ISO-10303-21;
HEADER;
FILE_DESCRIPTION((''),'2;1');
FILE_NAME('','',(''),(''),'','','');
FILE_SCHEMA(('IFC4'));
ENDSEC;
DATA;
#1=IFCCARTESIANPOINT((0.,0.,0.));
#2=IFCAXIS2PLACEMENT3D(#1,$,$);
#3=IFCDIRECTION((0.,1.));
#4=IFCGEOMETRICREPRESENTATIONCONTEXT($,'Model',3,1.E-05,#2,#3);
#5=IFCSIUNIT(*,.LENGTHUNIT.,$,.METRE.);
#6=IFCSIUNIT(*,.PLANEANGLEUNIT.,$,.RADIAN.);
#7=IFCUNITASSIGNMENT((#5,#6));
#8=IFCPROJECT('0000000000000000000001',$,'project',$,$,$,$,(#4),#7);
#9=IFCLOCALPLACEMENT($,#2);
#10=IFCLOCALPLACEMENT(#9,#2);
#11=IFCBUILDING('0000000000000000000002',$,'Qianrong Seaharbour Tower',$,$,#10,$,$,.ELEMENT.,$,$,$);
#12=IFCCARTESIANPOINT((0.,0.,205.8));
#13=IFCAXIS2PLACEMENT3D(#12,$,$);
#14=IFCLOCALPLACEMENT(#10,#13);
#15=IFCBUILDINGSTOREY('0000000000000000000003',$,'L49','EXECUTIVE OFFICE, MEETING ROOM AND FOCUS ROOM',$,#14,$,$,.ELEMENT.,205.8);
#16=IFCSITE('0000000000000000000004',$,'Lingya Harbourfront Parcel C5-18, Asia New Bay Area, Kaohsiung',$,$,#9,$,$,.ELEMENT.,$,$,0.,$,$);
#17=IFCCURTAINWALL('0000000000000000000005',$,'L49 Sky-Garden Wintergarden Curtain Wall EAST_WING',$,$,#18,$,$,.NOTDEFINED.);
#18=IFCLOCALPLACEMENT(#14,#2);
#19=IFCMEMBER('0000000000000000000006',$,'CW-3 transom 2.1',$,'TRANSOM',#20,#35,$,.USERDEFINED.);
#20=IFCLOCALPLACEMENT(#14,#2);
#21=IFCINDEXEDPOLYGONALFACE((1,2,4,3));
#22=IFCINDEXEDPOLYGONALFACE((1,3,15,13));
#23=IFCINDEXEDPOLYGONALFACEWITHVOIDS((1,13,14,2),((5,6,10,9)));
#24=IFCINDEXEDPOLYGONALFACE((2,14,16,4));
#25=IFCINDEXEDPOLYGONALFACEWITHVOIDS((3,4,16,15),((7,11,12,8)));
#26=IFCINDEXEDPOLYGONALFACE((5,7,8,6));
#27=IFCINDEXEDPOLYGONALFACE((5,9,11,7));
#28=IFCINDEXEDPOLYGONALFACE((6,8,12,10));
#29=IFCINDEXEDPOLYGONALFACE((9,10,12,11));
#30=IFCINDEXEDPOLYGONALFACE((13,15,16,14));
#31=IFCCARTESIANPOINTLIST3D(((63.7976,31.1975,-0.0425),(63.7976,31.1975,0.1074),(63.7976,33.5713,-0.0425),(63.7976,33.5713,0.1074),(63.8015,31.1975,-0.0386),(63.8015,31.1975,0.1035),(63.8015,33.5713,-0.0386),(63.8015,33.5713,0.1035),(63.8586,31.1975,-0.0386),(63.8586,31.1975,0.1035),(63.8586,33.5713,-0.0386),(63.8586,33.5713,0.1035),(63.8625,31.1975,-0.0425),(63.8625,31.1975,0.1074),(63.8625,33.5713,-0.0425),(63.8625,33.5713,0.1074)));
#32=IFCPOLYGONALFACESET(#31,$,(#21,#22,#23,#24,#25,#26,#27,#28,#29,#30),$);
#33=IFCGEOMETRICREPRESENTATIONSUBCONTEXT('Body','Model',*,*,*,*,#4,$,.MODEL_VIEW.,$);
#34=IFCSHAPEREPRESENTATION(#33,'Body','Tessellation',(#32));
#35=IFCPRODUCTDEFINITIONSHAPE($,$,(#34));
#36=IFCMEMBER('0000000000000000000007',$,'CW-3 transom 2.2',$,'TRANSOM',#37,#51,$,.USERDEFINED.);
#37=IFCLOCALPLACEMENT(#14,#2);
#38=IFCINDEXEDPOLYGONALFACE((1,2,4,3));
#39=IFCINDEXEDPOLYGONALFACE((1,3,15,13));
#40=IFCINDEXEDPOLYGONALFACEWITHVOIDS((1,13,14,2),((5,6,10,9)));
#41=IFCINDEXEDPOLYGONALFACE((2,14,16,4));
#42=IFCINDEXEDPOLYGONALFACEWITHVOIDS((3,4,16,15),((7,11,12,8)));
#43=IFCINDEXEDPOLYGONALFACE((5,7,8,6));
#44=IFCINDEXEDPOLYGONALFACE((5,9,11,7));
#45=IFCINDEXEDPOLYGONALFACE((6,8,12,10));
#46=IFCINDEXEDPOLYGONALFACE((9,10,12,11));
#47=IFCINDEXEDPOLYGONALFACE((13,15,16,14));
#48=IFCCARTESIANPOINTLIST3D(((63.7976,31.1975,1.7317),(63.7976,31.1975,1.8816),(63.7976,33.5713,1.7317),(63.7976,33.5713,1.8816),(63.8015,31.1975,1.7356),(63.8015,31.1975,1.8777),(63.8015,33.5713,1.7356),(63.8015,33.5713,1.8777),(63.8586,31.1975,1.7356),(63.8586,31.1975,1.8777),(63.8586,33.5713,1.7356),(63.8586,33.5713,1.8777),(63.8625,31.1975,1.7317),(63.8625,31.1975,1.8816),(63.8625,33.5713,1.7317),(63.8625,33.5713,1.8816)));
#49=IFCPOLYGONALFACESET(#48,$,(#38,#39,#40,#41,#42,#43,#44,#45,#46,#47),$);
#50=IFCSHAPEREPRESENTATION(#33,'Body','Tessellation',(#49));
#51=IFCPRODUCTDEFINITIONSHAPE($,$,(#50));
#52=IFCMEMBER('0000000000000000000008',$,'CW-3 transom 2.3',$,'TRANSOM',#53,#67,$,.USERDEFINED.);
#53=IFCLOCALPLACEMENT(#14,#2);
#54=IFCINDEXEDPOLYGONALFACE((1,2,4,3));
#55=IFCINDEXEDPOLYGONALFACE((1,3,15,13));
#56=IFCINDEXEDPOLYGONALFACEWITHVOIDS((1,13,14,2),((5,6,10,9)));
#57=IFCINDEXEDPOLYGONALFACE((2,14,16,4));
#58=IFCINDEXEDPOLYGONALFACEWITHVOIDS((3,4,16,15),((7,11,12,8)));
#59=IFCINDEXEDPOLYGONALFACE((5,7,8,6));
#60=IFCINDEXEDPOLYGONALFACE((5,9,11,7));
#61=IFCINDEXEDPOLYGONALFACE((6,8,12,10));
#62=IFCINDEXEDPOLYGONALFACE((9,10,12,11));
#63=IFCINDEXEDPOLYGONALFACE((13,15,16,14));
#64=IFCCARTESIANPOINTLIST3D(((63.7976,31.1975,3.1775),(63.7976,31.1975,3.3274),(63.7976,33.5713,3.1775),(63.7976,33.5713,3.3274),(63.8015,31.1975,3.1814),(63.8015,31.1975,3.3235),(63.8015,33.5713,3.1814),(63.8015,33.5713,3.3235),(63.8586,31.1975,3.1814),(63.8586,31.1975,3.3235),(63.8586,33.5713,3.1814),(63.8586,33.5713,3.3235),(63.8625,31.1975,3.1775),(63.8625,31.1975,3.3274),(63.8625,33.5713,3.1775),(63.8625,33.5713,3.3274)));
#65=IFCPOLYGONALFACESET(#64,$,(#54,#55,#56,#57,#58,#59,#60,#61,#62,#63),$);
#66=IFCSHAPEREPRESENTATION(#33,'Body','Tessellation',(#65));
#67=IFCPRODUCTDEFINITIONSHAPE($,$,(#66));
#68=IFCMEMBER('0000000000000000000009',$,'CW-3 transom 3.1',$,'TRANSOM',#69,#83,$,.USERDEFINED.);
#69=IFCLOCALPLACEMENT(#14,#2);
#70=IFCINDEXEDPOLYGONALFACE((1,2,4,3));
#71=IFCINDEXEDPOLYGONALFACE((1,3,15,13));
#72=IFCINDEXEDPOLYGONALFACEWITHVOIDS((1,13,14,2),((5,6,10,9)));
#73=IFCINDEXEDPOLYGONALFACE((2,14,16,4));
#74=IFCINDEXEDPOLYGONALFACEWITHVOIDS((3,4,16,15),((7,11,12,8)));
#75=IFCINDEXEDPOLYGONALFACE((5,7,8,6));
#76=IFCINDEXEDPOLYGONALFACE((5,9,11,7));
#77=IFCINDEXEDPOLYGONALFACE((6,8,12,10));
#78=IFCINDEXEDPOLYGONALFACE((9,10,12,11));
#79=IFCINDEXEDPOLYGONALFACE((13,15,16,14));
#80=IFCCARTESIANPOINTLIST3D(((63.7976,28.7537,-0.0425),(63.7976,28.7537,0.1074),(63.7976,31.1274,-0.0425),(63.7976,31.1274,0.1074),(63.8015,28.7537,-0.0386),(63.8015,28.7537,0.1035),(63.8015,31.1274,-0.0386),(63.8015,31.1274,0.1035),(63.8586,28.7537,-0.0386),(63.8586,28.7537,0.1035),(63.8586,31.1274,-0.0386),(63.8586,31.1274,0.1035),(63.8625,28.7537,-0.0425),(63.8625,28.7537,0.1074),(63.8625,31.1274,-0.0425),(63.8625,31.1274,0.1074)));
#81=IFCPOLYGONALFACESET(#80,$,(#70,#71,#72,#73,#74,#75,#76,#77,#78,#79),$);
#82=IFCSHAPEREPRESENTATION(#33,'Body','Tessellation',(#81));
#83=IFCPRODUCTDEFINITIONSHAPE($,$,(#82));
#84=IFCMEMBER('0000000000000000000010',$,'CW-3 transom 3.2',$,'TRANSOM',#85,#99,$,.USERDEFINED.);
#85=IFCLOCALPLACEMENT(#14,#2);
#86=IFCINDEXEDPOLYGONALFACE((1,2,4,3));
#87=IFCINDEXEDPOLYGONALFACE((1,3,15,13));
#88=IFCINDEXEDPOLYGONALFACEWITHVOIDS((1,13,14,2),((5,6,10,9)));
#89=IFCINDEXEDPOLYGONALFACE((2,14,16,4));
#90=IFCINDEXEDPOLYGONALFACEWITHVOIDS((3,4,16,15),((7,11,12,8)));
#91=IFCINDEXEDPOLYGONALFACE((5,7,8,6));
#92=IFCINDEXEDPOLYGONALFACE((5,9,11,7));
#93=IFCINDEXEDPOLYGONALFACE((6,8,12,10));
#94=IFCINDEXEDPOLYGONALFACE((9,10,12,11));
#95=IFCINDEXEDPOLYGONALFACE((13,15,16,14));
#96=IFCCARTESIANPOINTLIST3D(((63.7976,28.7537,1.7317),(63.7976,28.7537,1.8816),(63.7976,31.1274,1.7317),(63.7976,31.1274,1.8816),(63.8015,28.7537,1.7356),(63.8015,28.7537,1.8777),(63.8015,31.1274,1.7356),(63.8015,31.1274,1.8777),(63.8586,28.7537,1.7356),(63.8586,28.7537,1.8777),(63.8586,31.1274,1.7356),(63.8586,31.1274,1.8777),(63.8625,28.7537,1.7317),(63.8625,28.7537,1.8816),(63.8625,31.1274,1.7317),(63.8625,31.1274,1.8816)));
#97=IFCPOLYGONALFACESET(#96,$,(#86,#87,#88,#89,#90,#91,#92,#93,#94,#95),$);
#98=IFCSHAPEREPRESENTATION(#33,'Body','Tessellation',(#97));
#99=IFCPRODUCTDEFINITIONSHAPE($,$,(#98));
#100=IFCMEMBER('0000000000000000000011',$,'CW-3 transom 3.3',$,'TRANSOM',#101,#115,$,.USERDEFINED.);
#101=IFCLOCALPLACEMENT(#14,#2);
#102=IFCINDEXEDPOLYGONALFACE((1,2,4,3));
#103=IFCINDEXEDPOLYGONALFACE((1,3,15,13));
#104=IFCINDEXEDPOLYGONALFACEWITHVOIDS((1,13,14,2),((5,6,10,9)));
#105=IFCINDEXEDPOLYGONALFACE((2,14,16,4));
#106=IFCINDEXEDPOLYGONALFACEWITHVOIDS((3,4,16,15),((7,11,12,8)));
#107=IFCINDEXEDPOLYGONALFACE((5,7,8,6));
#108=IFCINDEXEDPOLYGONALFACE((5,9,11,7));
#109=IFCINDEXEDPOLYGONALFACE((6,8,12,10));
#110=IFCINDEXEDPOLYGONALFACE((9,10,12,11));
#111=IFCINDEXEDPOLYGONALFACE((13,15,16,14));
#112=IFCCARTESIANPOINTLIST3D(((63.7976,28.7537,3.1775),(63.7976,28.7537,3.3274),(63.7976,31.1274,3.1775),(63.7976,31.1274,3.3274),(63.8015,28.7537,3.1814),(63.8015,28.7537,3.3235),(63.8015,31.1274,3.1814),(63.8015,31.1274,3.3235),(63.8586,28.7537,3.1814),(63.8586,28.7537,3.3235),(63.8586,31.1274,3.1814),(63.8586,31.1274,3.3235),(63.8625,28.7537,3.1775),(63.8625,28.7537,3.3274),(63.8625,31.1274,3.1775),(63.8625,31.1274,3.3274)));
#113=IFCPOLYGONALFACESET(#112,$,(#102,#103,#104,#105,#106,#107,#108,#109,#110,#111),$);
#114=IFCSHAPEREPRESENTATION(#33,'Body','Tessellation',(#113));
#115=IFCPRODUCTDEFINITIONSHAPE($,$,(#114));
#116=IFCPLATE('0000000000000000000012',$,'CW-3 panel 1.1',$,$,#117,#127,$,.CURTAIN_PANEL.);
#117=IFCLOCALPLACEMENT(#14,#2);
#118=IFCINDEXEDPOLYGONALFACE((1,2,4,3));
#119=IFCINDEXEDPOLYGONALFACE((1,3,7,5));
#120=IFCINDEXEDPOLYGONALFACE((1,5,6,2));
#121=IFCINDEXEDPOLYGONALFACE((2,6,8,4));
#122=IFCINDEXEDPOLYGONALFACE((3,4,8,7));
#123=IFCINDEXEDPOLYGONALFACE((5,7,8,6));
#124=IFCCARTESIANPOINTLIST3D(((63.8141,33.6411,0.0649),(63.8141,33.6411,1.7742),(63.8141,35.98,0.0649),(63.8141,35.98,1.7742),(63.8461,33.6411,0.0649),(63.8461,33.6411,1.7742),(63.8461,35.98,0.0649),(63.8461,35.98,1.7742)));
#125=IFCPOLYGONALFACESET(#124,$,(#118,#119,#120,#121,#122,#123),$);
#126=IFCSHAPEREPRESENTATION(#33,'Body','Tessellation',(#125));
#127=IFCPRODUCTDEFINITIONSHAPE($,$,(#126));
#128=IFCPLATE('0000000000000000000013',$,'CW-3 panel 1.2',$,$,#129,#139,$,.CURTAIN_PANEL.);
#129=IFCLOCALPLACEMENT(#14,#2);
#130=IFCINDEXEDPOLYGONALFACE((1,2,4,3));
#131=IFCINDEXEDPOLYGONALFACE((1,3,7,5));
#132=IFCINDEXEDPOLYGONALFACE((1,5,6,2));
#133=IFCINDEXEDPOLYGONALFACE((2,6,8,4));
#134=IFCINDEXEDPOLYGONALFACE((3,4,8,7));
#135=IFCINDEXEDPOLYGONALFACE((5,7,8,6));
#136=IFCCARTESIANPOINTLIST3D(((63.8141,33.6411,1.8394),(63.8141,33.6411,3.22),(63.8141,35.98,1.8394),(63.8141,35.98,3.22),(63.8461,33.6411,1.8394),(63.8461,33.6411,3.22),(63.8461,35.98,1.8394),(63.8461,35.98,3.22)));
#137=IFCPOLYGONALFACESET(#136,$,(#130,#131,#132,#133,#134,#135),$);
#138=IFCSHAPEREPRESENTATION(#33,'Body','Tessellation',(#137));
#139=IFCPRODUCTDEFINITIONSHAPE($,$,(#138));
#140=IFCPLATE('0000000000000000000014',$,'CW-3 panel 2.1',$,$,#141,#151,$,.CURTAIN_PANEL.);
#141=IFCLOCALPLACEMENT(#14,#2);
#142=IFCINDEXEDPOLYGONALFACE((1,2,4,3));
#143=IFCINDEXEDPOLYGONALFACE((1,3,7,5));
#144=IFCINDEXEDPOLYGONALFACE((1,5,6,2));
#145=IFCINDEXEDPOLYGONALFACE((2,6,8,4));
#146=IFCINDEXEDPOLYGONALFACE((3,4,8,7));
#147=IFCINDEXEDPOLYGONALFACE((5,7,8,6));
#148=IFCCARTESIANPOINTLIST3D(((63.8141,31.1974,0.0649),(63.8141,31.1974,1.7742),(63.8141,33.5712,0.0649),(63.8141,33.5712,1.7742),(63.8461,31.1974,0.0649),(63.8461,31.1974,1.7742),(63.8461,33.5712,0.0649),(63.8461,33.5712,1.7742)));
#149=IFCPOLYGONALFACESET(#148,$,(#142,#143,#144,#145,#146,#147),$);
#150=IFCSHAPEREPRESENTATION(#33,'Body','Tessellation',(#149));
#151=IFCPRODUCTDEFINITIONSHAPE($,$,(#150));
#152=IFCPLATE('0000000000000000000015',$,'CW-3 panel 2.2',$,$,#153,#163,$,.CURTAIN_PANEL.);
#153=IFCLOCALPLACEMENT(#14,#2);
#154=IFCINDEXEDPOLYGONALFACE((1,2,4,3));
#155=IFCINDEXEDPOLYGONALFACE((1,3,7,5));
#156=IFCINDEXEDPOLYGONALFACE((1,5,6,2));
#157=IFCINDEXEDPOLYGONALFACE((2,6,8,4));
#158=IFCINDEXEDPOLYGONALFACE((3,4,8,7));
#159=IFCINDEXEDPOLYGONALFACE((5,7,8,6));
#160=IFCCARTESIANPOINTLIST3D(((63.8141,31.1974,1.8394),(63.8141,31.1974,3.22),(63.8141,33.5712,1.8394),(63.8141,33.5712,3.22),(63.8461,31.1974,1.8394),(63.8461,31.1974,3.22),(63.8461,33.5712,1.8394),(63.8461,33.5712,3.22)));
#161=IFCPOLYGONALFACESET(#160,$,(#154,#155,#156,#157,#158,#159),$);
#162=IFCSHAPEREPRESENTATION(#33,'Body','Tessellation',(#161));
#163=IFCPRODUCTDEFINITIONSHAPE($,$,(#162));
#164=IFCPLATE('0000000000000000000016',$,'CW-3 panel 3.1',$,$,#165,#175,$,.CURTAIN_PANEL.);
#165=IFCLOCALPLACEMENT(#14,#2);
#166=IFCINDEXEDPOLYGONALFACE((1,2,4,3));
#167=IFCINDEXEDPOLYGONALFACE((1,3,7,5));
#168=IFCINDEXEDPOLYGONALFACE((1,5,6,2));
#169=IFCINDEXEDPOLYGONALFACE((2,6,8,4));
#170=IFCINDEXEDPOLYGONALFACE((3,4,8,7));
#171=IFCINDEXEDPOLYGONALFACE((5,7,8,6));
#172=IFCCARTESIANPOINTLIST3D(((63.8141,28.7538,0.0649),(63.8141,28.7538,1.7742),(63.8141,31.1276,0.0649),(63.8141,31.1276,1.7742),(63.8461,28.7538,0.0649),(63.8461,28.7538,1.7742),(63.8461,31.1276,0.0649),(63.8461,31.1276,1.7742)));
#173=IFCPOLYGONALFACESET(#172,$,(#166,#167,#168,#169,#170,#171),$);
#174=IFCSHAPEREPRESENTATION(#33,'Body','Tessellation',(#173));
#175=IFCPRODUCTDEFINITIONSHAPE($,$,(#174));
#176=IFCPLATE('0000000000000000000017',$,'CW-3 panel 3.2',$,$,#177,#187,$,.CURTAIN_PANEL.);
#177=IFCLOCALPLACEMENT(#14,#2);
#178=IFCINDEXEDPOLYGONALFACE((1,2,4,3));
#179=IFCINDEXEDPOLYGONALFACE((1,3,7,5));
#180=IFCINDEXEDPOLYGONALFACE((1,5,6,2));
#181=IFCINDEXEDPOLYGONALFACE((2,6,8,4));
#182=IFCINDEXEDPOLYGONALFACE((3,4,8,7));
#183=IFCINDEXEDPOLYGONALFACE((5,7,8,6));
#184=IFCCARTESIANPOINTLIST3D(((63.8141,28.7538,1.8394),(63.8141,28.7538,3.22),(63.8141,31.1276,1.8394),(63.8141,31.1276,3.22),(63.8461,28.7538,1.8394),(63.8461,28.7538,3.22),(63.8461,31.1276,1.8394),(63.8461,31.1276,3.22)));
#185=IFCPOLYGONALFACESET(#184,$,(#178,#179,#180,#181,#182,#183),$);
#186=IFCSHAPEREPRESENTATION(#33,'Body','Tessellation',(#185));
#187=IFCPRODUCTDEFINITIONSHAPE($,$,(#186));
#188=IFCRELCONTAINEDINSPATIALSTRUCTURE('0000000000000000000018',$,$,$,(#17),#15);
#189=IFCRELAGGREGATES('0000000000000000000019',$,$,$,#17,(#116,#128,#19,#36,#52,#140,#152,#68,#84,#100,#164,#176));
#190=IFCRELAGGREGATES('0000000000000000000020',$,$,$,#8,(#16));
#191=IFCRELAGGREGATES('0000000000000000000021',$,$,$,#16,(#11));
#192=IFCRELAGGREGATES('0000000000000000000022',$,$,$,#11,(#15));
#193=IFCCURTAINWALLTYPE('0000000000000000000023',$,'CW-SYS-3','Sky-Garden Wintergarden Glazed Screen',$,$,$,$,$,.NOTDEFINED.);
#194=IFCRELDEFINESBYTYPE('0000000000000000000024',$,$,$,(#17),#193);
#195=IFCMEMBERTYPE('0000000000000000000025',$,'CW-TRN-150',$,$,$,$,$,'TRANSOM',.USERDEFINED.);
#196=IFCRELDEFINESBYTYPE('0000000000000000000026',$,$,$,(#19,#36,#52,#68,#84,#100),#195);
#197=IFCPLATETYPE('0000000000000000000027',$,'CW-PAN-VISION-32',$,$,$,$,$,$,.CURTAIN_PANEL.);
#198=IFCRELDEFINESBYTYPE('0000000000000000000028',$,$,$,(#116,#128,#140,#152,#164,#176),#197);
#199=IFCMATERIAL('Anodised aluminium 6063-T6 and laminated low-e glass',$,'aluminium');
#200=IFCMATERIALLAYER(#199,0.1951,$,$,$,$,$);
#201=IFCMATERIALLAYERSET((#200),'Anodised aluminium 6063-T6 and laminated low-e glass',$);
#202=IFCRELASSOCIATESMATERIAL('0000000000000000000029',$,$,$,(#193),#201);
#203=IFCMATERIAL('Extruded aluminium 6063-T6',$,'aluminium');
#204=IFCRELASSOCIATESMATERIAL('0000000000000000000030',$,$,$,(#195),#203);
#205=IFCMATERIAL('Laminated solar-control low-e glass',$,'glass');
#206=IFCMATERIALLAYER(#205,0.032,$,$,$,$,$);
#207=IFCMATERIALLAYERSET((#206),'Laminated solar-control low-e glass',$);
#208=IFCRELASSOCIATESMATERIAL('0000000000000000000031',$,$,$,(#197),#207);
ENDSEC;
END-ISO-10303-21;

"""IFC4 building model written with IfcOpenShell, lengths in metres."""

from ifc_helpers import new_model, si_unit, direction, frame, origin, origin_2d, place, context, subcontext, project, spatial, rectangle, hollow_rectangle, extrude, material, layer, layer_set, material_profile, profile_set, type_object, element, aggregate, save


model = new_model("IFC4")

# Units and contexts
model_context = context("Model", 3, precision=1e-05, world=origin(), true_north=direction((0.0, 1.0)))
body_context = subcontext(model_context, "Body", "Model", "MODEL_VIEW")
ifc_project = project(units=[si_unit("LENGTHUNIT", "METRE"), si_unit("PLANEANGLEUNIT", "RADIAN")], contexts=[model_context])

# Site, building, storey
site_placement = place(None, origin())
site = spatial("IfcSite", under=ifc_project, at=site_placement, Name="Lingya Harbourfront Parcel C5-18, Asia New Bay Area, Kaohsiung", CompositionType="ELEMENT", RefElevation=0.0)
building_placement = place(site_placement, origin())
building = spatial("IfcBuilding", under=site, at=building_placement, Name="Qianrong Seaharbour Tower", CompositionType="ELEMENT")
storey_placement = place(building_placement, frame((0.0, 0.0, 205.8)))
storey = spatial("IfcBuildingStorey", under=building, at=storey_placement, Name="L49", Description="EXECUTIVE OFFICE, MEETING ROOM AND FOCUS ROOM", CompositionType="ELEMENT", Elevation=205.8)

# Curtain wall, members, plates
ifc_material_1 = material(Name="Anodised aluminium 6063-T6 and laminated low-e glass", Category="aluminium")
ifc_layer_1 = layer(ifc_material_1, 0.1951)
ifc_layer_set_1 = layer_set([ifc_layer_1], Name="Anodised aluminium 6063-T6 and laminated low-e glass")
curtain_wall_type = type_object("IfcCurtainWallType", Name="CW-SYS-3", Description="Sky-Garden Wintergarden Glazed Screen", PredefinedType="NOTDEFINED", material=ifc_layer_set_1)
curtain_wall_placement = place(storey_placement, origin())
curtain_wall = element("IfcCurtainWall", 1, at=curtain_wall_placement, inside=storey, type_object=curtain_wall_type, Name="L49 Sky-Garden Wintergarden Curtain Wall EAST_WING", PredefinedType="NOTDEFINED")
ifc_material_2 = material(Name="Extruded aluminium 6063-T6", Category="aluminium")
ifc_material_profile_1 = material_profile(ifc_material_2, hollow_rectangle(XDim=0.0649, YDim=0.1499, WallThickness=0.0039, at=origin_2d()), Name="ALU-TRN-150x65x4")
ifc_profile_set_1 = profile_set([ifc_material_profile_1], Name="Extruded aluminium 6063-T6")
member_type_1 = type_object("IfcMemberType", Name="CW-TRN-150", ElementType="TRANSOM", PredefinedType="USERDEFINED", material=ifc_profile_set_1)
member_1_placement = place(storey_placement, frame((63.8301, 33.5713, 0.0325), z_axis=(0.0, -1.0, 0.0), x_axis=(1.0, 0.0, 0.0)))
member_1 = element("IfcMember", 2, at=member_1_placement, type_object=member_type_1, Name="CW-3 transom 2.1", ObjectType="TRANSOM", PredefinedType="USERDEFINED", context=body_context, shape_type="SweptSolid", body=[
    extrude(hollow_rectangle(XDim=0.0649, YDim=0.1499, WallThickness=0.0039, at=origin_2d()), origin(), (0.0, 0.0, 1.0), 2.3738),
])
member_2_placement = place(storey_placement, frame((63.8301, 33.5713, 1.8066), z_axis=(0.0, -1.0, 0.0), x_axis=(1.0, 0.0, 0.0)))
member_2 = element("IfcMember", 3, at=member_2_placement, type_object=member_type_1, Name="CW-3 transom 2.2", ObjectType="TRANSOM", PredefinedType="USERDEFINED", context=body_context, shape_type="SweptSolid", body=[
    extrude(hollow_rectangle(XDim=0.0649, YDim=0.1499, WallThickness=0.0039, at=origin_2d()), origin(), (0.0, 0.0, 1.0), 2.3738),
])
member_3_placement = place(storey_placement, frame((63.8301, 33.5713, 3.2524), z_axis=(0.0, -1.0, 0.0), x_axis=(1.0, 0.0, 0.0)))
member_3 = element("IfcMember", 4, at=member_3_placement, type_object=member_type_1, Name="CW-3 transom 2.3", ObjectType="TRANSOM", PredefinedType="USERDEFINED", context=body_context, shape_type="SweptSolid", body=[
    extrude(hollow_rectangle(XDim=0.0649, YDim=0.1499, WallThickness=0.0039, at=origin_2d()), origin(), (0.0, 0.0, 1.0), 2.3738),
])
member_4_placement = place(storey_placement, frame((63.8301, 31.1274, 0.0325), z_axis=(0.0, -1.0, 0.0), x_axis=(1.0, 0.0, 0.0)))
member_4 = element("IfcMember", 5, at=member_4_placement, type_object=member_type_1, Name="CW-3 transom 3.1", ObjectType="TRANSOM", PredefinedType="USERDEFINED", context=body_context, shape_type="SweptSolid", body=[
    extrude(hollow_rectangle(XDim=0.0649, YDim=0.1499, WallThickness=0.0039, at=origin_2d()), origin(), (0.0, 0.0, 1.0), 2.3738),
])
member_5_placement = place(storey_placement, frame((63.8301, 31.1274, 1.8066), z_axis=(0.0, -1.0, 0.0), x_axis=(1.0, 0.0, 0.0)))
member_5 = element("IfcMember", 6, at=member_5_placement, type_object=member_type_1, Name="CW-3 transom 3.2", ObjectType="TRANSOM", PredefinedType="USERDEFINED", context=body_context, shape_type="SweptSolid", body=[
    extrude(hollow_rectangle(XDim=0.0649, YDim=0.1499, WallThickness=0.0039, at=origin_2d()), origin(), (0.0, 0.0, 1.0), 2.3738),
])
member_6_placement = place(storey_placement, frame((63.8301, 31.1274, 3.2524), z_axis=(0.0, -1.0, 0.0), x_axis=(1.0, 0.0, 0.0)))
member_6 = element("IfcMember", 7, at=member_6_placement, type_object=member_type_1, Name="CW-3 transom 3.3", ObjectType="TRANSOM", PredefinedType="USERDEFINED", context=body_context, shape_type="SweptSolid", body=[
    extrude(hollow_rectangle(XDim=0.0649, YDim=0.1499, WallThickness=0.0039, at=origin_2d()), origin(), (0.0, 0.0, 1.0), 2.3738),
])
ifc_material_3 = material(Name="Laminated solar-control low-e glass", Category="glass")
ifc_layer_2 = layer(ifc_material_3, 0.032)
ifc_layer_set_2 = layer_set([ifc_layer_2], Name="Laminated solar-control low-e glass")
plate_type = type_object("IfcPlateType", Name="CW-PAN-VISION-32", PredefinedType="CURTAIN_PANEL", material=ifc_layer_set_2)
plate_1_placement = place(storey_placement, frame((63.8301, 34.8105, 0.0649), z_axis=(0.0, 0.0, 1.0), x_axis=(0.0, -1.0, 0.0)))
plate_1 = element("IfcPlate", 8, at=plate_1_placement, type_object=plate_type, Name="CW-3 panel 1.1", PredefinedType="CURTAIN_PANEL", context=body_context, shape_type="SweptSolid", body=[
    extrude(rectangle(XDim=2.3389, YDim=0.032, at=origin_2d()), origin(), (0.0, 0.0, 1.0), 1.7092),
])
plate_2_placement = place(storey_placement, frame((63.8301, 34.8105, 1.8394), z_axis=(0.0, 0.0, 1.0), x_axis=(0.0, -1.0, 0.0)))
plate_2 = element("IfcPlate", 9, at=plate_2_placement, type_object=plate_type, Name="CW-3 panel 1.2", PredefinedType="CURTAIN_PANEL", context=body_context, shape_type="SweptSolid", body=[
    extrude(rectangle(XDim=2.3389, YDim=0.032, at=origin_2d()), origin(), (0.0, 0.0, 1.0), 1.3806),
])
plate_3_placement = place(storey_placement, frame((63.8301, 32.3843, 0.0649), z_axis=(0.0, 0.0, 1.0), x_axis=(0.0, -1.0, 0.0)))
plate_3 = element("IfcPlate", 10, at=plate_3_placement, type_object=plate_type, Name="CW-3 panel 2.1", PredefinedType="CURTAIN_PANEL", context=body_context, shape_type="SweptSolid", body=[
    extrude(rectangle(XDim=2.3738, YDim=0.032, at=origin_2d()), origin(), (0.0, 0.0, 1.0), 1.7092),
])
plate_4_placement = place(storey_placement, frame((63.8301, 32.3843, 1.8394), z_axis=(0.0, 0.0, 1.0), x_axis=(0.0, -1.0, 0.0)))
plate_4 = element("IfcPlate", 11, at=plate_4_placement, type_object=plate_type, Name="CW-3 panel 2.2", PredefinedType="CURTAIN_PANEL", context=body_context, shape_type="SweptSolid", body=[
    extrude(rectangle(XDim=2.3738, YDim=0.032, at=origin_2d()), origin(), (0.0, 0.0, 1.0), 1.3806),
])
plate_5_placement = place(storey_placement, frame((63.8301, 29.9407, 0.0649), z_axis=(0.0, 0.0, 1.0), x_axis=(0.0, -1.0, 0.0)))
plate_5 = element("IfcPlate", 12, at=plate_5_placement, type_object=plate_type, Name="CW-3 panel 3.1", PredefinedType="CURTAIN_PANEL", context=body_context, shape_type="SweptSolid", body=[
    extrude(rectangle(XDim=2.3738, YDim=0.032, at=origin_2d()), origin(), (0.0, 0.0, 1.0), 1.7092),
])
plate_6_placement = place(storey_placement, frame((63.8301, 29.9407, 1.8394), z_axis=(0.0, 0.0, 1.0), x_axis=(0.0, -1.0, 0.0)))
plate_6 = element("IfcPlate", 13, at=plate_6_placement, type_object=plate_type, Name="CW-3 panel 3.2", PredefinedType="CURTAIN_PANEL", context=body_context, shape_type="SweptSolid", body=[
    extrude(rectangle(XDim=2.3738, YDim=0.032, at=origin_2d()), origin(), (0.0, 0.0, 1.0), 1.3806),
])
aggregate(curtain_wall, [plate_1, plate_2, member_1, member_2, member_3, plate_3, plate_4, member_4, member_5, member_6, plate_5, plate_6])

save(model, "model.ifc")
